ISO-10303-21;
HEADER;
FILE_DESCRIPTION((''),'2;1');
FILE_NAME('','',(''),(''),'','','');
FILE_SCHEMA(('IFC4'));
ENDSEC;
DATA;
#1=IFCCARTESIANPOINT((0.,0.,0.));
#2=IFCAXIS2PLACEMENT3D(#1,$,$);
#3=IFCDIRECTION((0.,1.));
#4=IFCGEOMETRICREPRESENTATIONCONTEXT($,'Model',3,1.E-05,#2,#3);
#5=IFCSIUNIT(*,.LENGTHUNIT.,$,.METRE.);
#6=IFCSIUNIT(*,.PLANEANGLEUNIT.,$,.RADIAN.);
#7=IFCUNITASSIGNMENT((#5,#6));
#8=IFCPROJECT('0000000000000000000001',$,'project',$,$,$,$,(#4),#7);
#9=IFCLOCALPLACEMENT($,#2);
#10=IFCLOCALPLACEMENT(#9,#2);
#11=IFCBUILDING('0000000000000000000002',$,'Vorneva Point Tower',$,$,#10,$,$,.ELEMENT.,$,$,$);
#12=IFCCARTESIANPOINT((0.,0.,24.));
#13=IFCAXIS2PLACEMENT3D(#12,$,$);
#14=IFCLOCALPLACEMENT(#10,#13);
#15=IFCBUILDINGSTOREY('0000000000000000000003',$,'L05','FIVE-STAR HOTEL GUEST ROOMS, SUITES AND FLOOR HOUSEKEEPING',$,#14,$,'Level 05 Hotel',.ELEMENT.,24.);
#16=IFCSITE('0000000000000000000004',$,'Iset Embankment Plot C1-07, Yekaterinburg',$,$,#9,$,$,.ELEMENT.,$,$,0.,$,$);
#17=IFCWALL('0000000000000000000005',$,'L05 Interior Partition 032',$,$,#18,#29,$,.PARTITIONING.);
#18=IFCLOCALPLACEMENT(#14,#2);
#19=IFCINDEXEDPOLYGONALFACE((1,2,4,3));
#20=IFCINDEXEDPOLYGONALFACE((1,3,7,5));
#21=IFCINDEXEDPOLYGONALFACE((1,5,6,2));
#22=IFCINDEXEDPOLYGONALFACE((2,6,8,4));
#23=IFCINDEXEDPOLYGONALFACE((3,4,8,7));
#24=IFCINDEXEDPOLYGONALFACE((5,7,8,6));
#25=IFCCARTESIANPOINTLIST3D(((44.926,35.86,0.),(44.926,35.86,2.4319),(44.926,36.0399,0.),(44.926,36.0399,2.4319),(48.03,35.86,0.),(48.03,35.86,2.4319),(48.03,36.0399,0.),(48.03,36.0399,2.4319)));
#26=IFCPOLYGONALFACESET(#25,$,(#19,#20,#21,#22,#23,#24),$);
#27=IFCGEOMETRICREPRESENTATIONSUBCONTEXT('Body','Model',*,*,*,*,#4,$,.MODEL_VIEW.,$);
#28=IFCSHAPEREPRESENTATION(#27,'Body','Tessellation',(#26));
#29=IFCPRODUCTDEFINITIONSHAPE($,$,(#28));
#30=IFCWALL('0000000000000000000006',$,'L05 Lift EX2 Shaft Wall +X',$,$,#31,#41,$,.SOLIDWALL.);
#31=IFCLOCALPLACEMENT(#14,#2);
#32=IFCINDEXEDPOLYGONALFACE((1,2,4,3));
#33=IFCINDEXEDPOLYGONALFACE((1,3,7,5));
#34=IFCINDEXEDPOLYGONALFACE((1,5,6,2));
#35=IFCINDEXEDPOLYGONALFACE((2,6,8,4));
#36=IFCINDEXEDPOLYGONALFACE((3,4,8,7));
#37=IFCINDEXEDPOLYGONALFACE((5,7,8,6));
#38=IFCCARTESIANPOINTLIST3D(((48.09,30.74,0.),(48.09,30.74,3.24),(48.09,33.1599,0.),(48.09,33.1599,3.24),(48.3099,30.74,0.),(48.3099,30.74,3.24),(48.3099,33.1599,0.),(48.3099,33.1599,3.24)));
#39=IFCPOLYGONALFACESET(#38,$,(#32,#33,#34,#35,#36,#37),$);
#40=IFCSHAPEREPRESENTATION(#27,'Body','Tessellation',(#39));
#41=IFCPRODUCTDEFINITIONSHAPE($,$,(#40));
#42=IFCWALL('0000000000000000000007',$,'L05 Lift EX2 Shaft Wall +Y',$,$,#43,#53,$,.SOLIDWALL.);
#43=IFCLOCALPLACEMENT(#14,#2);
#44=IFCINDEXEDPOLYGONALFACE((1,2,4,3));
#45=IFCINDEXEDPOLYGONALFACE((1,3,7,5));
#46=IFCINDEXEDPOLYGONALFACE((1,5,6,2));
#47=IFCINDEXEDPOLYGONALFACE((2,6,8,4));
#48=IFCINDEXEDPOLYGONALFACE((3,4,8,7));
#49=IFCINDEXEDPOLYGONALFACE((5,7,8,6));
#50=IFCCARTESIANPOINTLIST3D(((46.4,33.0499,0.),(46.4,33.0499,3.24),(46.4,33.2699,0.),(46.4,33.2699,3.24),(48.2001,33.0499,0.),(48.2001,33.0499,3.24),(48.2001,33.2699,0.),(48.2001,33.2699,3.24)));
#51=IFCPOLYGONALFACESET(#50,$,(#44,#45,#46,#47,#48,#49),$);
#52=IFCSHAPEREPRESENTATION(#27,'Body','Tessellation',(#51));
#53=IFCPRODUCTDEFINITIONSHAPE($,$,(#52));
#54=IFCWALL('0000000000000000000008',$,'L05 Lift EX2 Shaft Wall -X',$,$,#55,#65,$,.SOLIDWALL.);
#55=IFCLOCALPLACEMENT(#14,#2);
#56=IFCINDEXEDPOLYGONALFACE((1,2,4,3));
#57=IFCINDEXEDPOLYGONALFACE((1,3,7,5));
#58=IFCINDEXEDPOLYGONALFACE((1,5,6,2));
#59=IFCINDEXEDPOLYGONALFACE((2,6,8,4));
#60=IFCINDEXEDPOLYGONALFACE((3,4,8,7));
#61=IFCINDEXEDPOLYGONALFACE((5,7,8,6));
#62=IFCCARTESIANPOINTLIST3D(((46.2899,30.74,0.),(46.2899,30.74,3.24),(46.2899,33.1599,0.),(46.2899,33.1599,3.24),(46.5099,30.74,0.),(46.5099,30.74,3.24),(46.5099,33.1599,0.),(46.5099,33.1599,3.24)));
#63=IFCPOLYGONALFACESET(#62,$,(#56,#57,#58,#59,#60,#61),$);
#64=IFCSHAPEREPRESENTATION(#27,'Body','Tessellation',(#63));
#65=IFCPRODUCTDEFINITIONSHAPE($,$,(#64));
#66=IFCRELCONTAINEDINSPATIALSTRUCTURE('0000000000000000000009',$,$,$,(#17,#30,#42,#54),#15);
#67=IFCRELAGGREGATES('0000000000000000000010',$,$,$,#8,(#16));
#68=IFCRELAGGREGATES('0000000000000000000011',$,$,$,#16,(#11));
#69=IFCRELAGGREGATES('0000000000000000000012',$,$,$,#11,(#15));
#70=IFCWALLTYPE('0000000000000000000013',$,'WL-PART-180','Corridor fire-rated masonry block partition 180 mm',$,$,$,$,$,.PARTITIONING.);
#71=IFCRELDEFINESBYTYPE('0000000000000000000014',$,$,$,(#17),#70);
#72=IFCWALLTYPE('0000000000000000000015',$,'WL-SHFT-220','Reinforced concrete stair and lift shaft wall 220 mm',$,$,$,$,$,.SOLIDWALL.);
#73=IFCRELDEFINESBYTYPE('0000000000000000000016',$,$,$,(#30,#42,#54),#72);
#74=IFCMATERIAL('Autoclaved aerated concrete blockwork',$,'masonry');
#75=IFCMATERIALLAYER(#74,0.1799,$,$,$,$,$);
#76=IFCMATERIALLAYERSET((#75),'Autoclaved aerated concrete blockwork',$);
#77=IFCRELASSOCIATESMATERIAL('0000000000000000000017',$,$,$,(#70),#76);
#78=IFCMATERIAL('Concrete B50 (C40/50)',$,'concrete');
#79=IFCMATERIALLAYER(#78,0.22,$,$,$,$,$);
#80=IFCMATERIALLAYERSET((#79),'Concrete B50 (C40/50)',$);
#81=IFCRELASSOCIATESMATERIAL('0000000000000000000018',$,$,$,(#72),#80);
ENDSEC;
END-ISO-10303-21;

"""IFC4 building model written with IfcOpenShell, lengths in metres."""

from ifc_helpers import new_model, si_unit, direction, frame, frame_2d, origin, place, context, subcontext, project, spatial, rectangle, extrude, material, layer, layer_set, type_object, element, save


model = new_model("IFC4")

# Units and contexts
model_context = context("Model", 3, precision=1e-05, world=origin(), true_north=direction((0.0, 1.0)))
body_context = subcontext(model_context, "Body", "Model", "MODEL_VIEW")
ifc_project = project(units=[si_unit("LENGTHUNIT", "METRE"), si_unit("PLANEANGLEUNIT", "RADIAN")], contexts=[model_context])

# Site, building, storey
site_placement = place(None, origin())
site = spatial("IfcSite", under=ifc_project, at=site_placement, Name="Iset Embankment Plot C1-07, Yekaterinburg", CompositionType="ELEMENT", RefElevation=0.0)
building_placement = place(site_placement, origin())
building = spatial("IfcBuilding", under=site, at=building_placement, Name="Vorneva Point Tower", CompositionType="ELEMENT")
storey_placement = place(building_placement, frame((0.0, 0.0, 24.0)))
storey = spatial("IfcBuildingStorey", under=building, at=storey_placement, Name="L05", Description="FIVE-STAR HOTEL GUEST ROOMS, SUITES AND FLOOR HOUSEKEEPING", LongName="Level 05 Hotel", CompositionType="ELEMENT", Elevation=24.0)

# Shared definitions
ifc_material_1 = material(Name="Autoclaved aerated concrete blockwork", Category="masonry")
ifc_layer_1 = layer(ifc_material_1, 0.1799)
ifc_layer_set_1 = layer_set([ifc_layer_1], Name="Autoclaved aerated concrete blockwork")
wall_type_1 = type_object("IfcWallType", Name="WL-PART-180", Description="Corridor fire-rated masonry block partition 180 mm", PredefinedType="PARTITIONING", material=ifc_layer_set_1)

# Walls
wall_1_placement = place(storey_placement, frame((48.03, 35.95, 0.0), z_axis=(0.0, 0.0, 1.0), x_axis=(-1.0, 0.0, 0.0)))
element("IfcWall", 1, at=wall_1_placement, inside=storey, type_object=wall_type_1, Name="L05 Interior Partition 032", PredefinedType="PARTITIONING", context=body_context, shape_type="SweptSolid", body=[
    extrude(rectangle(XDim=3.104, YDim=0.1799, at=frame_2d((1.552, 0.0))), origin(), (0.0, 0.0, 1.0), 2.4319),
])
ifc_material_2 = material(Name="Concrete B50 (C40/50)", Category="concrete")
ifc_layer_2 = layer(ifc_material_2, 0.22)
ifc_layer_set_2 = layer_set([ifc_layer_2], Name="Concrete B50 (C40/50)")
wall_type_2 = type_object("IfcWallType", Name="WL-SHFT-220", Description="Reinforced concrete stair and lift shaft wall 220 mm", PredefinedType="SOLIDWALL", material=ifc_layer_set_2)
wall_2_placement = place(storey_placement, frame((48.2, 30.74, 0.0), z_axis=(0.0, 0.0, 1.0), x_axis=(0.0, 1.0, 0.0)))
element("IfcWall", 2, at=wall_2_placement, inside=storey, type_object=wall_type_2, Name="L05 Lift EX2 Shaft Wall +X", PredefinedType="SOLIDWALL", context=body_context, shape_type="SweptSolid", body=[
    extrude(rectangle(XDim=2.4199, YDim=0.22, at=frame_2d((1.21, 0.0))), origin(), (0.0, 0.0, 1.0), 3.24),
])
wall_3_placement = place(storey_placement, frame((48.2, 33.1599, 0.0), z_axis=(0.0, 0.0, 1.0), x_axis=(-1.0, 0.0, 0.0)))
element("IfcWall", 3, at=wall_3_placement, inside=storey, type_object=wall_type_2, Name="L05 Lift EX2 Shaft Wall +Y", PredefinedType="SOLIDWALL", context=body_context, shape_type="SweptSolid", body=[
    extrude(rectangle(XDim=1.8, YDim=0.22, at=frame_2d((0.8999, 0.0))), origin(), (0.0, 0.0, 1.0), 3.24),
])
wall_4_placement = place(storey_placement, frame((46.3999, 33.1599, 0.0), z_axis=(0.0, 0.0, 1.0), x_axis=(0.0, -1.0, 0.0)))
element("IfcWall", 4, at=wall_4_placement, inside=storey, type_object=wall_type_2, Name="L05 Lift EX2 Shaft Wall -X", PredefinedType="SOLIDWALL", context=body_context, shape_type="SweptSolid", body=[
    extrude(rectangle(XDim=2.4199, YDim=0.22, at=frame_2d((1.21, 0.0))), origin(), (0.0, 0.0, 1.0), 3.24),
])

save(model, "model.ifc")
